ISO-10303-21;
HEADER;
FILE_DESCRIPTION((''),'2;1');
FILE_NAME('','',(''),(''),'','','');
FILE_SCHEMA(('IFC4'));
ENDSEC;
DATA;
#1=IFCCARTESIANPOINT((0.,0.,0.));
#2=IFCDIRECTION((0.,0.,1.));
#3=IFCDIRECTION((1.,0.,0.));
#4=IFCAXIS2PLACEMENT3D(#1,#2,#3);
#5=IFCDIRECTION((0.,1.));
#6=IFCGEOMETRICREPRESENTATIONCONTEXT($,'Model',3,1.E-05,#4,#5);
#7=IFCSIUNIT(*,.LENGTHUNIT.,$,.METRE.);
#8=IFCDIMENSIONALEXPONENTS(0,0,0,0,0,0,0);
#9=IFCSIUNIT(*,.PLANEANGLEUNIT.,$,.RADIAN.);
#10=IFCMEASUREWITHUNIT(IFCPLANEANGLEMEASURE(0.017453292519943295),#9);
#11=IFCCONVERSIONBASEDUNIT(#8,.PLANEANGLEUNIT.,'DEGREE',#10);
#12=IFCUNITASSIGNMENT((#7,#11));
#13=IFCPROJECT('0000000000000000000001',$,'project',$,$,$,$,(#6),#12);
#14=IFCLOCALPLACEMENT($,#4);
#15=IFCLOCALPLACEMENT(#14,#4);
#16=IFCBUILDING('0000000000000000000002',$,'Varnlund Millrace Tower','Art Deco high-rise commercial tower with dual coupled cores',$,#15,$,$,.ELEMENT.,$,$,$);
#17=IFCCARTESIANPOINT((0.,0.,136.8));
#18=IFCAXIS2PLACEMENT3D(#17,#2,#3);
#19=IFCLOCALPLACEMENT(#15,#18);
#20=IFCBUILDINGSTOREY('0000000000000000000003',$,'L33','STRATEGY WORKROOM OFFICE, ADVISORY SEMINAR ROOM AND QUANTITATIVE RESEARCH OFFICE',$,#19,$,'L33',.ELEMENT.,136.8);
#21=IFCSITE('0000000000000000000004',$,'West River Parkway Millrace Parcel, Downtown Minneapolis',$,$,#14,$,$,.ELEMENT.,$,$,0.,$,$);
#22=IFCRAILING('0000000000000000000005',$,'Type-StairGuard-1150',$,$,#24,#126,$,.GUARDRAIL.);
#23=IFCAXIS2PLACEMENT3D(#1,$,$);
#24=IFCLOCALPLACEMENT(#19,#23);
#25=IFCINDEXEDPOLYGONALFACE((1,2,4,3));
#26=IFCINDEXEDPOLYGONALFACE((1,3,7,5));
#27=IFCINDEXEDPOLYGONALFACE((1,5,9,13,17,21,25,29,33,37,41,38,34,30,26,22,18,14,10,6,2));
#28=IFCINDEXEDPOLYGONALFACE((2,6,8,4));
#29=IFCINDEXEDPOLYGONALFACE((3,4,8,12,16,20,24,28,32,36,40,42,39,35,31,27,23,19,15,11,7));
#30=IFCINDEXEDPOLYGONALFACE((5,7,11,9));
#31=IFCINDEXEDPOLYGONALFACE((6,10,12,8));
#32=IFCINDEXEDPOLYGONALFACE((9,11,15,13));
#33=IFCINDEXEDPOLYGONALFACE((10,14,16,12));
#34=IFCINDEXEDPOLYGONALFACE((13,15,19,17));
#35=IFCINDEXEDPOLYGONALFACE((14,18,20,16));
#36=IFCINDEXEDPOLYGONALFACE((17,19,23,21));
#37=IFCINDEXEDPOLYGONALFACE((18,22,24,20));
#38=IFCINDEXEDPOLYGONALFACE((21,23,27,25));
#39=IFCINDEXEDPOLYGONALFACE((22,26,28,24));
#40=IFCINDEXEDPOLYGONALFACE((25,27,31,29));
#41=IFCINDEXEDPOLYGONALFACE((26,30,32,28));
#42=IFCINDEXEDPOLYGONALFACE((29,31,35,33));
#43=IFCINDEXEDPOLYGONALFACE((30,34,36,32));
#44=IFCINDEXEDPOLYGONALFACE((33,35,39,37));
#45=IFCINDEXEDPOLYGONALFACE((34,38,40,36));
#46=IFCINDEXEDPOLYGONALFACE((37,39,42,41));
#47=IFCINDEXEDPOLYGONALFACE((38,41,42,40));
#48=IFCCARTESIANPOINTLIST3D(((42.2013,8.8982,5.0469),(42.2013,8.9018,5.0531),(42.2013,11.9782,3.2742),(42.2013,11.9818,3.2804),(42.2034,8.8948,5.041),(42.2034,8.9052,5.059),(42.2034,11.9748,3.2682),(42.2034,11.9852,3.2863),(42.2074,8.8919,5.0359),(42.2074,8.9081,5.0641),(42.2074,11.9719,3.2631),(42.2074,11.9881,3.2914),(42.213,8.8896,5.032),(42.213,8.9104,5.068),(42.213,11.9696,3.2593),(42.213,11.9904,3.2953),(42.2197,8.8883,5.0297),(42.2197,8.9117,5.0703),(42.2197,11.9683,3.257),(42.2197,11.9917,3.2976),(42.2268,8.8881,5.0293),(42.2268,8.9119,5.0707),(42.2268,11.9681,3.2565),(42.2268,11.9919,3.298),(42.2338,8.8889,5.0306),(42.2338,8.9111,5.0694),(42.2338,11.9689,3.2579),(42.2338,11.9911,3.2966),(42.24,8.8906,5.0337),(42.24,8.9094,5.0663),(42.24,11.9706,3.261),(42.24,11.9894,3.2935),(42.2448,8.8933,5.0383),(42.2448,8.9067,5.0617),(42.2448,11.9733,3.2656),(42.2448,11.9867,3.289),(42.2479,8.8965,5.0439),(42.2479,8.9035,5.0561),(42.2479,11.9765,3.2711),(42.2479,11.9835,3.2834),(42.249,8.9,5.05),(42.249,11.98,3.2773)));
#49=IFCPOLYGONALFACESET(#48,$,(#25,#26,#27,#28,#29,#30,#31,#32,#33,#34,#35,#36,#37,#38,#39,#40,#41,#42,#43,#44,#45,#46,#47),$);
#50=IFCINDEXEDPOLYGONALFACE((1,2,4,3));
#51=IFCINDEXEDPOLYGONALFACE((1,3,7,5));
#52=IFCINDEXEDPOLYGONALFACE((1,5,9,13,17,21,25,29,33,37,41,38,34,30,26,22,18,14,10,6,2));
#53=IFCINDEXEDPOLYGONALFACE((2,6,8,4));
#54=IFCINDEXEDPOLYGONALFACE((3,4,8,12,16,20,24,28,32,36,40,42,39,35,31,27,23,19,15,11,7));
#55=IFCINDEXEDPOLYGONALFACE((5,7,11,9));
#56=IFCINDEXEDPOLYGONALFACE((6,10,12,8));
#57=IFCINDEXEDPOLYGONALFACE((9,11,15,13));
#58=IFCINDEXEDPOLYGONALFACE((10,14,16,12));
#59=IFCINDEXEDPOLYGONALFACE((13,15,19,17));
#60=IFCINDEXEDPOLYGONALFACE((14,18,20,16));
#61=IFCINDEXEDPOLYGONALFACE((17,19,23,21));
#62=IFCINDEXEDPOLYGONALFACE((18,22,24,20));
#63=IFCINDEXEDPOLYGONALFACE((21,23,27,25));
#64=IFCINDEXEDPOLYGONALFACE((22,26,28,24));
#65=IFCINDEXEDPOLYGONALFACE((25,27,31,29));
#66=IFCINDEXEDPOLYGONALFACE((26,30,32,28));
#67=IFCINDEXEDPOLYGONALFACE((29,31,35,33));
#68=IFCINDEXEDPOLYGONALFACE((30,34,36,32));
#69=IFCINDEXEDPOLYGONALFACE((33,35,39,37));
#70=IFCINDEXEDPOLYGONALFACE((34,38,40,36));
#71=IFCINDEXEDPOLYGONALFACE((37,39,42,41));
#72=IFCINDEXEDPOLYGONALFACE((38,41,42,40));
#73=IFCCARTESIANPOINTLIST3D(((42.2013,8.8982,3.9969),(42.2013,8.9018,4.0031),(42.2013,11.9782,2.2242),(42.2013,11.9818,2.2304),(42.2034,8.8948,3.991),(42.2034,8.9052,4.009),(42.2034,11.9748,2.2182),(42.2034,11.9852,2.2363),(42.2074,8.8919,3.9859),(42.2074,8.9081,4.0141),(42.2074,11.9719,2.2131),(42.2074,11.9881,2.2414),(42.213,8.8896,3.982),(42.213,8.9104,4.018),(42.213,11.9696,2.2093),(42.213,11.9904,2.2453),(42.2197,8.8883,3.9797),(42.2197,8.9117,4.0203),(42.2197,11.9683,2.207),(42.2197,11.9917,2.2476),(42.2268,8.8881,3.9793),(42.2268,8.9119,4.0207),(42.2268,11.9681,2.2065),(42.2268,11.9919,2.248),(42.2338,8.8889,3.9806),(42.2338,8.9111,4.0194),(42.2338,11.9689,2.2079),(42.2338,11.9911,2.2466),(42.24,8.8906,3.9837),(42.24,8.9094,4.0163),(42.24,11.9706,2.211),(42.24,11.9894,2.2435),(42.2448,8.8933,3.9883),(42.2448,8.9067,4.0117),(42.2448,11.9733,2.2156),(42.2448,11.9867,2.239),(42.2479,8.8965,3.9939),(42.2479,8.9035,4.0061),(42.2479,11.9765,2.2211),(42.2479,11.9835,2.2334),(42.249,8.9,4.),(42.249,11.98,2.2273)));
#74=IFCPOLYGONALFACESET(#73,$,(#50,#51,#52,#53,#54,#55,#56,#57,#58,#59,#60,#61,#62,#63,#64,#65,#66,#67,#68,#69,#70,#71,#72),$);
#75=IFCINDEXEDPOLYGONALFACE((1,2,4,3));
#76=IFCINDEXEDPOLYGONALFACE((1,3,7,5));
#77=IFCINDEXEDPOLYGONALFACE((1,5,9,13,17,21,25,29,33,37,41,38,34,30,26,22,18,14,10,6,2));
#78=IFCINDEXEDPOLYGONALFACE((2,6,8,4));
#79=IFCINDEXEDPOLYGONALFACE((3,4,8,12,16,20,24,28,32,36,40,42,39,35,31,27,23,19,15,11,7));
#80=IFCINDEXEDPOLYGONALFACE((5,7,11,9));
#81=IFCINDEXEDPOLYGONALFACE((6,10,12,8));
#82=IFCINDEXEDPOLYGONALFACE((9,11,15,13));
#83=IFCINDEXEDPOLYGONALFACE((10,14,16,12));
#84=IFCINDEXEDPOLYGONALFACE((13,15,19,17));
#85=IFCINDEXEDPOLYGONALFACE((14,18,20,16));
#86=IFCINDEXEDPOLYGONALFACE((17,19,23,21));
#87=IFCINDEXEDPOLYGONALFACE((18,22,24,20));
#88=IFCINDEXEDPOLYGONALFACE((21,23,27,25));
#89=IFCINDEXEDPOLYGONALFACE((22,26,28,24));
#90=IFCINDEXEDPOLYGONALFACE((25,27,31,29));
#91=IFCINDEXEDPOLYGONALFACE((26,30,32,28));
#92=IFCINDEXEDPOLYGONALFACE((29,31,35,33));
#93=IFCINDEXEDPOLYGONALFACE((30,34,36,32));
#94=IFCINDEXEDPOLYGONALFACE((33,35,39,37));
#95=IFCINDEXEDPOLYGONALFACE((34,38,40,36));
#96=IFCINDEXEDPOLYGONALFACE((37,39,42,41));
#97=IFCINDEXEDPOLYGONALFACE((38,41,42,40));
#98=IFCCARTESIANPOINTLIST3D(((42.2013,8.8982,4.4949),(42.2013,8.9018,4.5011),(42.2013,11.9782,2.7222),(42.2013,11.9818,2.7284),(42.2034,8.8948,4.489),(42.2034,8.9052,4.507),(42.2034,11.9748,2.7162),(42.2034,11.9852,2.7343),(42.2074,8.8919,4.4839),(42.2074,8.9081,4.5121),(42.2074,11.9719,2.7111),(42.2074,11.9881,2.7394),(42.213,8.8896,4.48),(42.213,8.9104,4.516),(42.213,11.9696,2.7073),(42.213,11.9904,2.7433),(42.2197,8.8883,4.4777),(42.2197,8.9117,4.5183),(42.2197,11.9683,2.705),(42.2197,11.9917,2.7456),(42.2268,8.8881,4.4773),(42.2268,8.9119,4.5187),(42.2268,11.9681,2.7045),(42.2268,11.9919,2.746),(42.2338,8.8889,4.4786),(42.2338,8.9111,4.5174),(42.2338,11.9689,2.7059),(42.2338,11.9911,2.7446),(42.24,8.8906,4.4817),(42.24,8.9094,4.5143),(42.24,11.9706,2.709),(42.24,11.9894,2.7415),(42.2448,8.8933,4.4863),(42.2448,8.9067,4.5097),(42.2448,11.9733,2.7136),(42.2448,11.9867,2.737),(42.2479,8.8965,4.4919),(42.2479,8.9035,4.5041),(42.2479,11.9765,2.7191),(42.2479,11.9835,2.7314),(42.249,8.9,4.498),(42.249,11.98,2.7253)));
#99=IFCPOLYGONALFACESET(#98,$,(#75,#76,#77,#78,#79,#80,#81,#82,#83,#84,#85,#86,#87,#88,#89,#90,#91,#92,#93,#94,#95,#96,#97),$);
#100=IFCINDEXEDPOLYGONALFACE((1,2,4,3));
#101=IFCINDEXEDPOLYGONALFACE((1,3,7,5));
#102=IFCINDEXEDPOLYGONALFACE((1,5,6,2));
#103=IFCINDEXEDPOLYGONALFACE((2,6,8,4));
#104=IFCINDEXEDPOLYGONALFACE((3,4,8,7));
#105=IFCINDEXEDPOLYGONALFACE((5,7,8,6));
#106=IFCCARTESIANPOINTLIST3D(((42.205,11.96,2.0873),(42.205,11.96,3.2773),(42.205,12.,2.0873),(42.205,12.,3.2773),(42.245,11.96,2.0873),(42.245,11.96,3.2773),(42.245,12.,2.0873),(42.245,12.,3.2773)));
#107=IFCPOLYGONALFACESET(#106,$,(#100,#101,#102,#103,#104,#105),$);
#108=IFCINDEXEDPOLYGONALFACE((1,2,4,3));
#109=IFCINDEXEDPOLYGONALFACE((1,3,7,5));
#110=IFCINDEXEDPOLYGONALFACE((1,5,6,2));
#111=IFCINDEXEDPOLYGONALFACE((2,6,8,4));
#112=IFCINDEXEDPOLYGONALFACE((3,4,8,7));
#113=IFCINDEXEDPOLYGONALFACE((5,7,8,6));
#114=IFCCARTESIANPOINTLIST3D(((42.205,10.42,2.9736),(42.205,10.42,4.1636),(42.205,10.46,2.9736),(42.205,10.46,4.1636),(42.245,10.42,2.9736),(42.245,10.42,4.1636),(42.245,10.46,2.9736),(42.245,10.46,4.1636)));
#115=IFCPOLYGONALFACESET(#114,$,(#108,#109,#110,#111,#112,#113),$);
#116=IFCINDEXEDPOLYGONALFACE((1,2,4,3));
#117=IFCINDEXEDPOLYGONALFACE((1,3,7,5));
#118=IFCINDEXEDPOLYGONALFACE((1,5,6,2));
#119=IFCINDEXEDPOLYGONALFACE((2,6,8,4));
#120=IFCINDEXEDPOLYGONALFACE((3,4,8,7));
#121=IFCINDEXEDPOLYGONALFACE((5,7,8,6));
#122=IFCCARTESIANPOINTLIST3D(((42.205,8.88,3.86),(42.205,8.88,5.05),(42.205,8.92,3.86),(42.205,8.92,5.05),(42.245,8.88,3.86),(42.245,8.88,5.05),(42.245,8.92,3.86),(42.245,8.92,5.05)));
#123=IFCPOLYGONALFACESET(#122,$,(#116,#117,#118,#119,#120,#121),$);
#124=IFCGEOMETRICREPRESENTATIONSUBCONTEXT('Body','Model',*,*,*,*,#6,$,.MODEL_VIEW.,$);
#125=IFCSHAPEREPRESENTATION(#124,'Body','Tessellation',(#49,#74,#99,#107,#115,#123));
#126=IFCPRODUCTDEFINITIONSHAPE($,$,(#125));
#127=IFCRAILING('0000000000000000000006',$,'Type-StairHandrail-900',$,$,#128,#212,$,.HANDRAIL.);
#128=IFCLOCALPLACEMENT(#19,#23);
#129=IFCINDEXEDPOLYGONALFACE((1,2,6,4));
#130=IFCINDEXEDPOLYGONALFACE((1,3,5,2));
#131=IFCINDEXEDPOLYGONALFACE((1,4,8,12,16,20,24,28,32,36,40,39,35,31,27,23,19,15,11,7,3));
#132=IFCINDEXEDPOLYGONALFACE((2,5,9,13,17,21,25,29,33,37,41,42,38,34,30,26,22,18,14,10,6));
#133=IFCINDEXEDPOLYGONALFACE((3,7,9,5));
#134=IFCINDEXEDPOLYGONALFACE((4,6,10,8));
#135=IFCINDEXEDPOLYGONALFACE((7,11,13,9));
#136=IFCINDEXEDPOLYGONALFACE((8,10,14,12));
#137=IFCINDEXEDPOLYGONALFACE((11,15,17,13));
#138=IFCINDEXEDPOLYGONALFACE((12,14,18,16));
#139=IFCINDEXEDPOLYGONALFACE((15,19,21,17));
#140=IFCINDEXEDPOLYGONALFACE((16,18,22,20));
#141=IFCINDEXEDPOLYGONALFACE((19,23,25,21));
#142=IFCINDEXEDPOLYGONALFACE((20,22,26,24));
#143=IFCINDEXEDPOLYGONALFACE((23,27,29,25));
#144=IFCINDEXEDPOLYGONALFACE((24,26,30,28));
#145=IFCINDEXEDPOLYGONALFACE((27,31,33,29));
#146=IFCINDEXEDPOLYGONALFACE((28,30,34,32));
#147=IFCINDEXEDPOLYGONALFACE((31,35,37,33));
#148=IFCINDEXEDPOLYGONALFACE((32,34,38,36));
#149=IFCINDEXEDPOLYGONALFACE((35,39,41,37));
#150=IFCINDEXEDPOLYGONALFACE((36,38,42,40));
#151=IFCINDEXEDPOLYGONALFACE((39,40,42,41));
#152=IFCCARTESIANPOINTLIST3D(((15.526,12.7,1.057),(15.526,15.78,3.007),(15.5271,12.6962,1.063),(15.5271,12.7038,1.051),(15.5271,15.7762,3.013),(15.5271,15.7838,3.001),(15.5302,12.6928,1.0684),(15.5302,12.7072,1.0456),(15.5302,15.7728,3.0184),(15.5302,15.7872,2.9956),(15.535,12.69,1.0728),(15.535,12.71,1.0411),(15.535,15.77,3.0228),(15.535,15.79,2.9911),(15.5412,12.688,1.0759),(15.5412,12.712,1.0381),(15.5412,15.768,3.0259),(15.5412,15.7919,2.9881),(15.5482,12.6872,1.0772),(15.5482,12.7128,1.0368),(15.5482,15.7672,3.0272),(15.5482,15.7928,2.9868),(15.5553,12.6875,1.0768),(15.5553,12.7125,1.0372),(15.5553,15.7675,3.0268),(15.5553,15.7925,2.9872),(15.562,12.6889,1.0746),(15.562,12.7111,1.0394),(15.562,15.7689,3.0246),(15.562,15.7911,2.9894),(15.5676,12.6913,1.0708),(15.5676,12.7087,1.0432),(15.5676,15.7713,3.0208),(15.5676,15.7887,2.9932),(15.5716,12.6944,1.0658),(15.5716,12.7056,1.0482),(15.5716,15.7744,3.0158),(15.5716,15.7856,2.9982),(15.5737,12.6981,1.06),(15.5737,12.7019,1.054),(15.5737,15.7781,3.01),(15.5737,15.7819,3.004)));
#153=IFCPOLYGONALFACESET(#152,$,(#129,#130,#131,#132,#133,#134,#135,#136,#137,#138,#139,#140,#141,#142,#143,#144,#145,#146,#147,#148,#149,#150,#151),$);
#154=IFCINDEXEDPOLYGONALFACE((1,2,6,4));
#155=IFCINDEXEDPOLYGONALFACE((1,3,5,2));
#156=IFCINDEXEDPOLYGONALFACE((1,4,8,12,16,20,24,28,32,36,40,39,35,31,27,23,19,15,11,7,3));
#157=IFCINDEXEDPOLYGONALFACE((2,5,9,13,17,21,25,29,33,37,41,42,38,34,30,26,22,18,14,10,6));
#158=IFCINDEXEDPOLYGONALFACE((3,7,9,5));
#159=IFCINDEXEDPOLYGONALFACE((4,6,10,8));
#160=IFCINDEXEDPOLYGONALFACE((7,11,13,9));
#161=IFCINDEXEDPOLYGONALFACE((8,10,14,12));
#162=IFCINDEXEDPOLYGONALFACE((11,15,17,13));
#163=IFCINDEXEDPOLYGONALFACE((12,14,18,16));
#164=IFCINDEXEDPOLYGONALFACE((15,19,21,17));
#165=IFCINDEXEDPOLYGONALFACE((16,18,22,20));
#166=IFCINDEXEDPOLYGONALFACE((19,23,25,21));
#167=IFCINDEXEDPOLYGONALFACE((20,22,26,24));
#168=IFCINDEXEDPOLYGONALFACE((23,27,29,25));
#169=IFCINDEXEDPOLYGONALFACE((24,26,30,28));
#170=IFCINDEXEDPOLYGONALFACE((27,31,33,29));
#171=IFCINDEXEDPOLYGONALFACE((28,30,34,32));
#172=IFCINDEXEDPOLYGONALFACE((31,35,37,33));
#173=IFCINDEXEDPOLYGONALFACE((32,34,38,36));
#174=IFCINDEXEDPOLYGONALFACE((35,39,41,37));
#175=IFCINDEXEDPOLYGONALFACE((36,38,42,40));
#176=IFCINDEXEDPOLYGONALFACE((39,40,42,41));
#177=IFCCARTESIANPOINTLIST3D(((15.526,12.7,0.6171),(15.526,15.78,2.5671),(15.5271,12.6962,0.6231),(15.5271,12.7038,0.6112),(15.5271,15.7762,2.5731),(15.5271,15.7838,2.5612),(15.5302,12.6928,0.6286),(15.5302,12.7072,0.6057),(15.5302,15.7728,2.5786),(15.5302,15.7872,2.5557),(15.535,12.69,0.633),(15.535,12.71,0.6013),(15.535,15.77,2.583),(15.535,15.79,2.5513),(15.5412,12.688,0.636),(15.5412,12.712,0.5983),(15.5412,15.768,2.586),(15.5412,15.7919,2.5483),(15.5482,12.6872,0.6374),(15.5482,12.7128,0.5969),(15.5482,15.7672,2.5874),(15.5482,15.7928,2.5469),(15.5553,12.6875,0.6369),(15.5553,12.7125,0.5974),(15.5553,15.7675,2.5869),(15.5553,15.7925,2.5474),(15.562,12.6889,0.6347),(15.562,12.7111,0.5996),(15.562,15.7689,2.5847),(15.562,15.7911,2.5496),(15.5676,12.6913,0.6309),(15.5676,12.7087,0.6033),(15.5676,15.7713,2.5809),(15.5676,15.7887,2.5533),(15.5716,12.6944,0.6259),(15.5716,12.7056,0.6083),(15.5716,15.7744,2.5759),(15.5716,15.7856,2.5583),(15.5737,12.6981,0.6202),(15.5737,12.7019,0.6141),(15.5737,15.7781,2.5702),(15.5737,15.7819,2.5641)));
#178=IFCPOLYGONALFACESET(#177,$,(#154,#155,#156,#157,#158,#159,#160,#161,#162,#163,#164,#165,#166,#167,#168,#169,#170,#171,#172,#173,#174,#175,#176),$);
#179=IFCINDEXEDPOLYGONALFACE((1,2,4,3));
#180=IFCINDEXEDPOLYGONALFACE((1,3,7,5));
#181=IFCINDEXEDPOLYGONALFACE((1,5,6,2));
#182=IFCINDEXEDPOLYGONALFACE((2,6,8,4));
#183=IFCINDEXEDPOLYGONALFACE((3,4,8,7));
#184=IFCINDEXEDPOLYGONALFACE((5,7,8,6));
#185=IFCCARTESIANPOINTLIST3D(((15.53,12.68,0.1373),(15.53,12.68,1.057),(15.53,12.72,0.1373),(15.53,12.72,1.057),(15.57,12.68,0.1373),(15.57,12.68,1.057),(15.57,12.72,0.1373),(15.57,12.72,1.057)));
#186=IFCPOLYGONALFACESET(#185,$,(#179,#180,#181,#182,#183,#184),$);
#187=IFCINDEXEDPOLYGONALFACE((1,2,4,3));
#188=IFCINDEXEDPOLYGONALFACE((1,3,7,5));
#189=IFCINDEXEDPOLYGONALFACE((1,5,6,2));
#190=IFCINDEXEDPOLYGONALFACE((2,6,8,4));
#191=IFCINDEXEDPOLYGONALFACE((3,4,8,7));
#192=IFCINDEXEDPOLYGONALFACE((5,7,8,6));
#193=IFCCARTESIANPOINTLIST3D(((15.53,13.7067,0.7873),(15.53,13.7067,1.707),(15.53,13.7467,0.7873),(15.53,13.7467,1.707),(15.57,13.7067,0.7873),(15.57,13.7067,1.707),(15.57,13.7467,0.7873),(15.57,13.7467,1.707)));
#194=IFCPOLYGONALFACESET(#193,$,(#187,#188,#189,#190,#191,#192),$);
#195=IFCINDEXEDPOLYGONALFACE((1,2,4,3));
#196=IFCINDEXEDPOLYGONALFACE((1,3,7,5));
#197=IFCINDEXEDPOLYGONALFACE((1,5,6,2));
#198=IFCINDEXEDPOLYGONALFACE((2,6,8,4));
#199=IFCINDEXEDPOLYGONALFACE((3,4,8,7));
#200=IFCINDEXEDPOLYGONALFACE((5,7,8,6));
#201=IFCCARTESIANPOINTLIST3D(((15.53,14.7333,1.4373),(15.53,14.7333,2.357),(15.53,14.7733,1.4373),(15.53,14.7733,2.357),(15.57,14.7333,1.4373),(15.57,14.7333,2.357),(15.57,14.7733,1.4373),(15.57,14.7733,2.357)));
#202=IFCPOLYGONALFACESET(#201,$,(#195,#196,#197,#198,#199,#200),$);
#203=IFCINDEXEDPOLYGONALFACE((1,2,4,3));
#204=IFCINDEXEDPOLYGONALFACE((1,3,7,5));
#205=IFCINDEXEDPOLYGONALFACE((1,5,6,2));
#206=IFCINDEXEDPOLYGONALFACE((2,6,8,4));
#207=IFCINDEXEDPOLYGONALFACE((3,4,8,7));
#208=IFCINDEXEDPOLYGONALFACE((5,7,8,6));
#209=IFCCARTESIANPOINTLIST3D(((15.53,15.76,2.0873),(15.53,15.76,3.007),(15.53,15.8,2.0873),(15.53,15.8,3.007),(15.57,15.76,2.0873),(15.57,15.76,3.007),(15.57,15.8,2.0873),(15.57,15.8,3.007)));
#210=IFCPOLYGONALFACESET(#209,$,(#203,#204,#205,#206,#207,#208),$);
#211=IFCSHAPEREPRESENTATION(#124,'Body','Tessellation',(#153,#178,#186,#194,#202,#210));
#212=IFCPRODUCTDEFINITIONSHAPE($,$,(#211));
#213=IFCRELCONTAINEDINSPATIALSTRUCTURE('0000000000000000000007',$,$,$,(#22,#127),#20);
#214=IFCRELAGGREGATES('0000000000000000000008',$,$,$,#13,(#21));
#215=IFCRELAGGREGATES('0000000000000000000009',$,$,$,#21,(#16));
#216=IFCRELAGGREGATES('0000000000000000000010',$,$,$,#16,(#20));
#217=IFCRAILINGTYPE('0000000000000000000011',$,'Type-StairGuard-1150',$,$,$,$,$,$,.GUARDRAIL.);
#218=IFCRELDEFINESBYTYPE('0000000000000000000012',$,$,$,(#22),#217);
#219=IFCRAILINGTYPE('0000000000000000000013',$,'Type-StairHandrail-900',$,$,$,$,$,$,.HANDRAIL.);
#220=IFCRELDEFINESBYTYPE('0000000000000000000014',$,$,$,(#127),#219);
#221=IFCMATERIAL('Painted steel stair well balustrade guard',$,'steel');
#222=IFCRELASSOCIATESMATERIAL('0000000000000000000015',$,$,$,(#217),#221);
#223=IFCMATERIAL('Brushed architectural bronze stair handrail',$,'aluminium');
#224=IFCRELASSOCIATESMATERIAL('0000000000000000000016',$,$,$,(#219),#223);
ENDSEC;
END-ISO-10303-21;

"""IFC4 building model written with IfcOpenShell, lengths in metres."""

from ifc_helpers import new_model, entity, si_unit, converted_unit, direction, frame, origin_with_axes, origin_2d_with_axis, place, context, subcontext, project, spatial, rectangle, circle, extrude, material, type_object, element, save


model = new_model("IFC4")

# Units and contexts
model_context = context("Model", 3, precision=1e-05, world=origin_with_axes(), true_north=direction((0.0, 1.0)))
body_context = subcontext(model_context, "Body", "Model", "MODEL_VIEW")
ifc_project = project(units=[si_unit("LENGTHUNIT", "METRE"), converted_unit("PLANEANGLEUNIT", "DEGREE", entity("IfcPlaneAngleMeasure", 0.017453292519943295), si_unit("PLANEANGLEUNIT", "RADIAN"), dimensions=[0, 0, 0, 0, 0, 0, 0])], contexts=[model_context])

# Site, building, storey
site_placement = place(None, origin_with_axes())
site = spatial("IfcSite", under=ifc_project, at=site_placement, Name="West River Parkway Millrace Parcel, Downtown Minneapolis", CompositionType="ELEMENT", RefElevation=0.0)
building_placement = place(site_placement, origin_with_axes())
building = spatial("IfcBuilding", under=site, at=building_placement, Name="Varnlund Millrace Tower", Description="Art Deco high-rise commercial tower with dual coupled cores", CompositionType="ELEMENT")
storey_placement = place(building_placement, frame((0.0, 0.0, 136.8), z_axis=(0.0, 0.0, 1.0), x_axis=(1.0, 0.0, 0.0)))
storey = spatial("IfcBuildingStorey", under=building, at=storey_placement, Name="L33", Description="STRATEGY WORKROOM OFFICE, ADVISORY SEMINAR ROOM AND QUANTITATIVE RESEARCH OFFICE", LongName="L33", CompositionType="ELEMENT", Elevation=136.8)

# Railings
ifc_material_1 = material(Name="Painted steel stair well balustrade guard", Category="steel")
railing_type_1 = type_object("IfcRailingType", Name="Type-StairGuard-1150", PredefinedType="GUARDRAIL", material=ifc_material_1)
railing_1_placement = place(storey_placement, frame((0.0, 0.0, -136.8), z_axis=(0.0, 0.0, 1.0), x_axis=(1.0, 0.0, 0.0)))
element("IfcRailing", 1, at=railing_1_placement, inside=storey, type_object=railing_type_1, Name="Type-StairGuard-1150", PredefinedType="GUARDRAIL", context=body_context, shape_type="SweptSolid", body=[
    extrude(circle(Radius=0.024, at=origin_2d_with_axis()), frame((42.225, 11.98, 140.0773), z_axis=(0.0, -0.866696, 0.498836), x_axis=(1.0, 0.0, 0.0)), (0.0, 0.0, 1.0), 3.5537),
    extrude(circle(Radius=0.024, at=origin_2d_with_axis()), frame((42.225, 11.98, 139.0273), z_axis=(0.0, -0.866696, 0.498836), x_axis=(1.0, 0.0, 0.0)), (0.0, 0.0, 1.0), 3.5537),
    extrude(circle(Radius=0.024, at=origin_2d_with_axis()), frame((42.225, 11.98, 139.5253), z_axis=(0.0, -0.866696, 0.498836), x_axis=(1.0, 0.0, 0.0)), (0.0, 0.0, 1.0), 3.5537),
    extrude(rectangle(XDim=0.04, YDim=0.04, at=origin_2d_with_axis()), frame((42.225, 11.98, 138.8873), z_axis=(0.0, 0.0, 1.0), x_axis=(1.0, 0.0, 0.0)), (0.0, 0.0, 1.0), 1.19),
    extrude(rectangle(XDim=0.04, YDim=0.04, at=origin_2d_with_axis()), frame((42.225, 10.44, 139.7736), z_axis=(0.0, 0.0, 1.0), x_axis=(1.0, 0.0, 0.0)), (0.0, 0.0, 1.0), 1.19),
    extrude(rectangle(XDim=0.04, YDim=0.04, at=origin_2d_with_axis()), frame((42.225, 8.9, 140.66), z_axis=(0.0, 0.0, 1.0), x_axis=(1.0, 0.0, 0.0)), (0.0, 0.0, 1.0), 1.19),
])
ifc_material_2 = material(Name="Brushed architectural bronze stair handrail", Category="aluminium")
railing_type_2 = type_object("IfcRailingType", Name="Type-StairHandrail-900", PredefinedType="HANDRAIL", material=ifc_material_2)
railing_2_placement = place(storey_placement, frame((0.0, 0.0, -136.8), z_axis=(0.0, 0.0, 1.0), x_axis=(1.0, 0.0, 0.0)))
element("IfcRailing", 2, at=railing_2_placement, inside=storey, type_object=railing_type_2, Name="Type-StairHandrail-900", PredefinedType="HANDRAIL", context=body_context, shape_type="SweptSolid", body=[
    extrude(circle(Radius=0.024, at=origin_2d_with_axis()), frame((15.55, 12.7, 137.857), z_axis=(0.0, 0.844902, 0.534922), x_axis=(-1.0, 0.0, 0.0)), (0.0, 0.0, 1.0), 3.6454),
    extrude(circle(Radius=0.024, at=origin_2d_with_axis()), frame((15.55, 12.7, 137.4171), z_axis=(0.0, 0.844902, 0.534922), x_axis=(-1.0, 0.0, 0.0)), (0.0, 0.0, 1.0), 3.6454),
    extrude(rectangle(XDim=0.04, YDim=0.04, at=origin_2d_with_axis()), frame((15.55, 12.7, 136.9373), z_axis=(0.0, 0.0, 1.0), x_axis=(1.0, 0.0, 0.0)), (0.0, 0.0, 1.0), 0.9197),
    extrude(rectangle(XDim=0.04, YDim=0.04, at=origin_2d_with_axis()), frame((15.55, 13.7267, 137.5873), z_axis=(0.0, 0.0, 1.0), x_axis=(1.0, 0.0, 0.0)), (0.0, 0.0, 1.0), 0.9197),
    extrude(rectangle(XDim=0.04, YDim=0.04, at=origin_2d_with_axis()), frame((15.55, 14.7533, 138.2373), z_axis=(0.0, 0.0, 1.0), x_axis=(1.0, 0.0, 0.0)), (0.0, 0.0, 1.0), 0.9197),
    extrude(rectangle(XDim=0.04, YDim=0.04, at=origin_2d_with_axis()), frame((15.55, 15.78, 138.8873), z_axis=(0.0, 0.0, 1.0), x_axis=(1.0, 0.0, 0.0)), (0.0, 0.0, 1.0), 0.9197),
])

save(model, "model.ifc")
